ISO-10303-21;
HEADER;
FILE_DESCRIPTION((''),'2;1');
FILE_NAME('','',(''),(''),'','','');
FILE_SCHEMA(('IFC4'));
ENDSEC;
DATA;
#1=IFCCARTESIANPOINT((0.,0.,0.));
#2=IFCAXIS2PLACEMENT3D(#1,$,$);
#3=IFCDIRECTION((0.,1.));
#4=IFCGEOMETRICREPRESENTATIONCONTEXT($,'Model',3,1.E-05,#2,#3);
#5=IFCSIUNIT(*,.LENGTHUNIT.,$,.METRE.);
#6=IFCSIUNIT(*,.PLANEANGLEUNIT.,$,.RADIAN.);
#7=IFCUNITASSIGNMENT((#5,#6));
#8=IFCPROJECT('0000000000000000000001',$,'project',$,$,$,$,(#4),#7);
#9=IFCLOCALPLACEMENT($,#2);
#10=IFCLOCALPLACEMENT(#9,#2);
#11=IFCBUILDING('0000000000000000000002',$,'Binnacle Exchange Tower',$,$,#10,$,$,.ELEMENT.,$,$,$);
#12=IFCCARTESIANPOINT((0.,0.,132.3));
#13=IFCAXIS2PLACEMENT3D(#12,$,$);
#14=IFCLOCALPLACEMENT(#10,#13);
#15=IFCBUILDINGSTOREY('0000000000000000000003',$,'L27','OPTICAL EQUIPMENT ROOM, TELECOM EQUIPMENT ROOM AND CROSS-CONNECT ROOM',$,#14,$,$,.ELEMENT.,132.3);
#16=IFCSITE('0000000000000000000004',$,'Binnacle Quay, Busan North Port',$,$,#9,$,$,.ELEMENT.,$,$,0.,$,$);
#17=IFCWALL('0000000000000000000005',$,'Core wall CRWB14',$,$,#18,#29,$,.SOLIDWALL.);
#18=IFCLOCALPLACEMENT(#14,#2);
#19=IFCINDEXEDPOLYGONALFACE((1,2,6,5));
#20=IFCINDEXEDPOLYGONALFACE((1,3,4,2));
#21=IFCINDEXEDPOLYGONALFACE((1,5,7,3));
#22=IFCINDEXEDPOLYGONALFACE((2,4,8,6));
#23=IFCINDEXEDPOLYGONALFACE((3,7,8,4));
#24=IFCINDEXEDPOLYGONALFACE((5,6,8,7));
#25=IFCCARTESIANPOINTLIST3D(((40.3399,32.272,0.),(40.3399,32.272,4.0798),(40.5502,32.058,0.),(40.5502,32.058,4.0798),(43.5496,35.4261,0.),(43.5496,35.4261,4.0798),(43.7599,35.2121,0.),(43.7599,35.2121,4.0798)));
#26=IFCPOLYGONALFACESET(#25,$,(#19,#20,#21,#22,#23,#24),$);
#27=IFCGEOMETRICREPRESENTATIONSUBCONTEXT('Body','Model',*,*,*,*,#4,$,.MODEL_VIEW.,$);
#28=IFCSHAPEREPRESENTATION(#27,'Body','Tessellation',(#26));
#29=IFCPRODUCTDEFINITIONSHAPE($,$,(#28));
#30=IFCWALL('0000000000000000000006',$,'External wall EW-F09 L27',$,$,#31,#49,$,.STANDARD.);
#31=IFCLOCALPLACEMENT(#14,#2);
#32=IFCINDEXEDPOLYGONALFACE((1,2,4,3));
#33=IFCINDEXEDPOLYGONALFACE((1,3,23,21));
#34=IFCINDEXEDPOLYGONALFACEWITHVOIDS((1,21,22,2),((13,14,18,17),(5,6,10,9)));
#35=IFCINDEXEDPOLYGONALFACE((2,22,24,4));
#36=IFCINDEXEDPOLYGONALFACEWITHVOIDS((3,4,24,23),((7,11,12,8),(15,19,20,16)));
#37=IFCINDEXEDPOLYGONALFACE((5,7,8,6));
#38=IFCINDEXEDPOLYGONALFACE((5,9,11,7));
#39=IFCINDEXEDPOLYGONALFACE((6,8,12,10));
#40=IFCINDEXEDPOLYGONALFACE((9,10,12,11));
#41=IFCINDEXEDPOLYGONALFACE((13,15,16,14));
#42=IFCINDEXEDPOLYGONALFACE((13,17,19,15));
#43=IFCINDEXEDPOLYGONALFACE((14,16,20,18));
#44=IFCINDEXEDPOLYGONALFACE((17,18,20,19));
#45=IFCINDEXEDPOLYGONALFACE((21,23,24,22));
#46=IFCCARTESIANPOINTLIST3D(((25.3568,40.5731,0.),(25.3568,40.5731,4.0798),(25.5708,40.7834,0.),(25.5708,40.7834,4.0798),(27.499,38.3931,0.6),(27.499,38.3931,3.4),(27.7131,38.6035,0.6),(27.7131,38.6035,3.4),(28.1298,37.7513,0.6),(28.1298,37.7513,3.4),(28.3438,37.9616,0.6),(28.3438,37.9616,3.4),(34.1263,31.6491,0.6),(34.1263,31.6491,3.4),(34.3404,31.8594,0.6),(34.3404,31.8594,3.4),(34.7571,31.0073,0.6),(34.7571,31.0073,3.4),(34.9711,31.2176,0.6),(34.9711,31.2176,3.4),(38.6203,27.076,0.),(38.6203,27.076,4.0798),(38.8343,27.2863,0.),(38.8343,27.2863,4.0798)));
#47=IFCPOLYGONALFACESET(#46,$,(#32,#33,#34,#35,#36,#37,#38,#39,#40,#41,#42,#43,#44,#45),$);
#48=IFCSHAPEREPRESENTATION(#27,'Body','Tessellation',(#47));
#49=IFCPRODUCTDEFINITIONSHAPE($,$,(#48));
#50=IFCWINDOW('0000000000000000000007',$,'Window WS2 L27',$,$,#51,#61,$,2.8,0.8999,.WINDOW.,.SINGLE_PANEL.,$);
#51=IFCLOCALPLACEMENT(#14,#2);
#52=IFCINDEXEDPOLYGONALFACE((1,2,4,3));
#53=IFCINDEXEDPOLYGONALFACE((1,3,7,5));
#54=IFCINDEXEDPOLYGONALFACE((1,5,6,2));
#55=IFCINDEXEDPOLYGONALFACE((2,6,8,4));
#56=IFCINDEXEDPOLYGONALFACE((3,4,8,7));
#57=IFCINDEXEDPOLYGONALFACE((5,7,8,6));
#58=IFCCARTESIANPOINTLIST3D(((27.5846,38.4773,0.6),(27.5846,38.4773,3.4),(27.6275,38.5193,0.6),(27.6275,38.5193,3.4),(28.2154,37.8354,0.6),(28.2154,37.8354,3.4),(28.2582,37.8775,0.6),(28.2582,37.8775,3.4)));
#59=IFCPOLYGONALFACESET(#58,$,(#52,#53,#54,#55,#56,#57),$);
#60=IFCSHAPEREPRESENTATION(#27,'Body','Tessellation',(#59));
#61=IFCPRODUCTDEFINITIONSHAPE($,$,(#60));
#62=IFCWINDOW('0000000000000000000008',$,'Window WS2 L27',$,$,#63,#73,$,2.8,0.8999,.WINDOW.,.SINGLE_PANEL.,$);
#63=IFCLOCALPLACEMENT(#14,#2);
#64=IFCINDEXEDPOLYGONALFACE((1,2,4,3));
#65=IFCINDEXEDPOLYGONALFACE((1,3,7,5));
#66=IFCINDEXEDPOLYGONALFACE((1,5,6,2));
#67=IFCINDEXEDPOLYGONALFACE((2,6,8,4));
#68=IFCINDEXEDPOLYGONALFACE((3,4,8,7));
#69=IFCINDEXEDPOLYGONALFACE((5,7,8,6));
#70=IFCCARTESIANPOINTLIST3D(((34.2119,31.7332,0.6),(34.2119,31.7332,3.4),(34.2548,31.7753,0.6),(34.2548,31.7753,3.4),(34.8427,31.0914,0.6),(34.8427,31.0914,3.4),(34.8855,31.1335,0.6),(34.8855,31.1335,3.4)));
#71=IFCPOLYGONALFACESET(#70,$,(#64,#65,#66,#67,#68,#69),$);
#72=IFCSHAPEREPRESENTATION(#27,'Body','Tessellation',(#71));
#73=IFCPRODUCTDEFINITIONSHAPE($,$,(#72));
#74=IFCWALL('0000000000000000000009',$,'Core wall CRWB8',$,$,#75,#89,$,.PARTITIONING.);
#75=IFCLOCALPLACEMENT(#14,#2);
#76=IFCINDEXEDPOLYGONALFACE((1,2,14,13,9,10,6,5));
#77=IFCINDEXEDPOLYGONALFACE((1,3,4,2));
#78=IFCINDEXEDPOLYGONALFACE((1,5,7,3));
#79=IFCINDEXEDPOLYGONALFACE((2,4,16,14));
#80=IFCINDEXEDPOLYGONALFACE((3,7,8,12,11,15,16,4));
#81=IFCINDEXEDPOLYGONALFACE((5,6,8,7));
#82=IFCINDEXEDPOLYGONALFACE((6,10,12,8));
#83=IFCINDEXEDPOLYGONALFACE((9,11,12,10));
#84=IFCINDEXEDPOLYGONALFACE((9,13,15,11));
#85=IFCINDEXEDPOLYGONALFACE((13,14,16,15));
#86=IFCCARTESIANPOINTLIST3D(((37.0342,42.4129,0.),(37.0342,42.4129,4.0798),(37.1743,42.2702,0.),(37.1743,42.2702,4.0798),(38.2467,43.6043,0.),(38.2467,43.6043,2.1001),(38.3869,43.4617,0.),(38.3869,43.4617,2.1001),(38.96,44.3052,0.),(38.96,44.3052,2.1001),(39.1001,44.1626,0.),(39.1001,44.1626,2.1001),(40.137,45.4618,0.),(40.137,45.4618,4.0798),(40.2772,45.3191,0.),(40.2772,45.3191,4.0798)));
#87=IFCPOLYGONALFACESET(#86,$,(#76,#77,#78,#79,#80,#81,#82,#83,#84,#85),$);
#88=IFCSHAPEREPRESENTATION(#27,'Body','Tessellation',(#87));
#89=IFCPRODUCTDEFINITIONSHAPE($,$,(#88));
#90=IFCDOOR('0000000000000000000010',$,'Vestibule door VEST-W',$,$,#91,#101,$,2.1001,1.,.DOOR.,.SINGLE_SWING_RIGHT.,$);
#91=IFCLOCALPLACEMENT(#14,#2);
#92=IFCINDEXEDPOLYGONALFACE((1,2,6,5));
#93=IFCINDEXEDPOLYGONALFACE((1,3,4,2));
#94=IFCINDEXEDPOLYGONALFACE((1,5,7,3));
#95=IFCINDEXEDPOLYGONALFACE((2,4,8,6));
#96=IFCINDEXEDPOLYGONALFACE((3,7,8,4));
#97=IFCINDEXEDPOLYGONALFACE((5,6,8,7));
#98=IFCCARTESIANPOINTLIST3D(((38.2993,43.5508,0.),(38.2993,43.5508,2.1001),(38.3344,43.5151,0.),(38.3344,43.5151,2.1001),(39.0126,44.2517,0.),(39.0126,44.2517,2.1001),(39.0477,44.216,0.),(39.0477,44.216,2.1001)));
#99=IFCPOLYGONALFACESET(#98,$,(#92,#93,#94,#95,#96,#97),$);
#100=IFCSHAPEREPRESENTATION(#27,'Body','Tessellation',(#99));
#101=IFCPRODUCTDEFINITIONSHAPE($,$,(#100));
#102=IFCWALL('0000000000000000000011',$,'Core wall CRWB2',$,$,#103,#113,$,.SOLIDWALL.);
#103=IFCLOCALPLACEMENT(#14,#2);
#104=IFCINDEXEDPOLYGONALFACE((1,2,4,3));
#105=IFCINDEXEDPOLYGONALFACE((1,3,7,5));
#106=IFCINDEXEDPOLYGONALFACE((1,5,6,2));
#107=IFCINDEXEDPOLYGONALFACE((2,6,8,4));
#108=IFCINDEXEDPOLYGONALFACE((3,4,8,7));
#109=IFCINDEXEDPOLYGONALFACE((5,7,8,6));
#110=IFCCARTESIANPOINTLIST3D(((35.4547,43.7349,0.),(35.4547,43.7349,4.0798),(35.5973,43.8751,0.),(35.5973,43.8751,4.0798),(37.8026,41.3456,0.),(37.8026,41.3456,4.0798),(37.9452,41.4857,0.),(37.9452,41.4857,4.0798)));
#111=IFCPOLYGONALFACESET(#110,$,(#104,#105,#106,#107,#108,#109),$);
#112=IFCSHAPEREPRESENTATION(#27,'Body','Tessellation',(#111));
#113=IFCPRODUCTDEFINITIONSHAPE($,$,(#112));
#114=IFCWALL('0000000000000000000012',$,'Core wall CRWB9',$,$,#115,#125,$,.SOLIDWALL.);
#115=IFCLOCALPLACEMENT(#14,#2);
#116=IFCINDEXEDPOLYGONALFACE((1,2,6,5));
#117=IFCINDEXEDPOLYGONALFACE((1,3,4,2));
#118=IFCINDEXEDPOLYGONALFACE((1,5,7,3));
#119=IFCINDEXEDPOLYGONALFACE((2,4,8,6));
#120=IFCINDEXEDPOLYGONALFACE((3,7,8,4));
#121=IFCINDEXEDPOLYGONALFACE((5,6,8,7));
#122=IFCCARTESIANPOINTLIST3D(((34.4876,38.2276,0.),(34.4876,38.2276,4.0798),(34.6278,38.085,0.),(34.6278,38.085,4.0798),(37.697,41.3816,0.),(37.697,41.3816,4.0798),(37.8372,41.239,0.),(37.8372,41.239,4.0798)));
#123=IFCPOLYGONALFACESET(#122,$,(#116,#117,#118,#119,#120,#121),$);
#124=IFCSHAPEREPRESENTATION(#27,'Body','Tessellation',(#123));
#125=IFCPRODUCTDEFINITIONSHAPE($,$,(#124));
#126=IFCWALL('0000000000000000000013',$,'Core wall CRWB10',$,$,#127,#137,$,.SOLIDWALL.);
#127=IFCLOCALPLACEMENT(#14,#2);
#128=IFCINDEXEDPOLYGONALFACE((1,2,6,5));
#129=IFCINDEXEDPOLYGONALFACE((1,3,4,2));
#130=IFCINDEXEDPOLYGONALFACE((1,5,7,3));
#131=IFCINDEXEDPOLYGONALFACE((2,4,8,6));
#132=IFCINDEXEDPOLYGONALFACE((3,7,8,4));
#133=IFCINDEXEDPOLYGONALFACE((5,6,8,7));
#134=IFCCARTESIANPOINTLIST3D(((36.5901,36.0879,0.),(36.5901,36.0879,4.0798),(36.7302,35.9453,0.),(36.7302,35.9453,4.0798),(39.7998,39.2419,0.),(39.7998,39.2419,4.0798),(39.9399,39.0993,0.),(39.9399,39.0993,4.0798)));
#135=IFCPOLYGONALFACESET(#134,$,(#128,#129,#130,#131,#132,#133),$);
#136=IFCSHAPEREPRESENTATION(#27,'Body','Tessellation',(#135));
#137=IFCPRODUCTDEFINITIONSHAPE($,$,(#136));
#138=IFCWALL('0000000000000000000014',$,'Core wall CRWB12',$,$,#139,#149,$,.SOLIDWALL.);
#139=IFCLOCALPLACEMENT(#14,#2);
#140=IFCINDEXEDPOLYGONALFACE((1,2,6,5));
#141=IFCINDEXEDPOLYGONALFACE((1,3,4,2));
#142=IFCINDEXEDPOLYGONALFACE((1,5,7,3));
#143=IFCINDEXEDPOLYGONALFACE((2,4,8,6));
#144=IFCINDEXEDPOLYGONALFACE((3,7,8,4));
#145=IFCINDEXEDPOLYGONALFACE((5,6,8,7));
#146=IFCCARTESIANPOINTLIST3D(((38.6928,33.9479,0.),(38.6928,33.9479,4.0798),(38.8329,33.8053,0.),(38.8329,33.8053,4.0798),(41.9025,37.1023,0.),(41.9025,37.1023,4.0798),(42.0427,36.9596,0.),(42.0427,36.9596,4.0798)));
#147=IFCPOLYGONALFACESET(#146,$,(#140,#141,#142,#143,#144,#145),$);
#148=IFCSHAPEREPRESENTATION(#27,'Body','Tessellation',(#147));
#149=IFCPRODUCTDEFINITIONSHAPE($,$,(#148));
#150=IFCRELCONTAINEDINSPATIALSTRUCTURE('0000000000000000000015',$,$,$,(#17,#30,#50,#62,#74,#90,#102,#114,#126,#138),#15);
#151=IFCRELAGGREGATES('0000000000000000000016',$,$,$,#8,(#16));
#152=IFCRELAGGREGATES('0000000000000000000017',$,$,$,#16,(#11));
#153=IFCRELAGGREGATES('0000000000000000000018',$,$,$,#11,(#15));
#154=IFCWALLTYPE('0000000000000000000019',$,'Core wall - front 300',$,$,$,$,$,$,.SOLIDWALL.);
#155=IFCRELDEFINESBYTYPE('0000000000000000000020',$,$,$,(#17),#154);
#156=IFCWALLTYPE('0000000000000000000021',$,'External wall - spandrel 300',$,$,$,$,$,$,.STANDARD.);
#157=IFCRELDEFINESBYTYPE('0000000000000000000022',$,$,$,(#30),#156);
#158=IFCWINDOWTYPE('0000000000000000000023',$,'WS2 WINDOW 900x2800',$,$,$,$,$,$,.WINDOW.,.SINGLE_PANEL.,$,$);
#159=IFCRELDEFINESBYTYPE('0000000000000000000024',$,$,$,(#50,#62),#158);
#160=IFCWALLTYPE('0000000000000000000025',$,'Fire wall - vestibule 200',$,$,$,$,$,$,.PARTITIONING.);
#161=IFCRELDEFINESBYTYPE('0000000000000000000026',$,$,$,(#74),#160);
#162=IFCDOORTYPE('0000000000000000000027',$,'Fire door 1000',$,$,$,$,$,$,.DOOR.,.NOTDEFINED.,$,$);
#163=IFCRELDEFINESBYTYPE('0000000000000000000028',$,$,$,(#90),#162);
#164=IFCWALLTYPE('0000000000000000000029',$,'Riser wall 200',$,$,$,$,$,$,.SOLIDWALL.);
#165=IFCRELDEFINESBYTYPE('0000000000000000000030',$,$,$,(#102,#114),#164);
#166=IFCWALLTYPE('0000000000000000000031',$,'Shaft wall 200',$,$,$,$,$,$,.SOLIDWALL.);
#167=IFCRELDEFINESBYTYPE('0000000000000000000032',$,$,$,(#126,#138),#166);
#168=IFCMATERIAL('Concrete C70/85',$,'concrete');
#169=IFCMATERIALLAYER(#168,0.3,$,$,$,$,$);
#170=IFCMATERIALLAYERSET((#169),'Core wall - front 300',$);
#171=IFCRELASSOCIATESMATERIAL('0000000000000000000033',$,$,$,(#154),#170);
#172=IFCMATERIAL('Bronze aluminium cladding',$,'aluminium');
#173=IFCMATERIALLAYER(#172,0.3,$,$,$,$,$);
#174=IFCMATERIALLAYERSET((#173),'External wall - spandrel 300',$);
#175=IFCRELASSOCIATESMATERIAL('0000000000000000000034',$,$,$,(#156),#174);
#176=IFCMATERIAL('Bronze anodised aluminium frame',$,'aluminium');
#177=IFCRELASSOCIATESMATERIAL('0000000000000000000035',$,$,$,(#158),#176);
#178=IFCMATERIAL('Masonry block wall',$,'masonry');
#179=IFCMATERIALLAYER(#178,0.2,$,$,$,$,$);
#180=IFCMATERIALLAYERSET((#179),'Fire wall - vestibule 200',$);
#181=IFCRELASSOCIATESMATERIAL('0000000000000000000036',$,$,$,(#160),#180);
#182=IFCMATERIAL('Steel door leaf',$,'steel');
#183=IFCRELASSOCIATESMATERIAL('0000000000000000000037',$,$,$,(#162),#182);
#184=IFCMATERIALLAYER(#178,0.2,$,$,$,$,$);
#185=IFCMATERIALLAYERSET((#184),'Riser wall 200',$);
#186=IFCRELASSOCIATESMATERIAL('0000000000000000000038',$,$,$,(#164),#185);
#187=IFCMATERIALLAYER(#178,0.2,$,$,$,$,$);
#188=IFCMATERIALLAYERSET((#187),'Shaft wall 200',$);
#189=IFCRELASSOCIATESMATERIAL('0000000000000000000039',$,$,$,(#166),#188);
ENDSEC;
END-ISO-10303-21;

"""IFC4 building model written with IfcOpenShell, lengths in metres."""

from ifc_helpers import new_model, si_unit, direction, frame, frame_2d, origin, place, context, subcontext, project, spatial, rectangle, extrude, material, layer, layer_set, type_object, element, fill, save


model = new_model("IFC4")

# Units and contexts
model_context = context("Model", 3, precision=1e-05, world=origin(), true_north=direction((0.0, 1.0)))
body_context = subcontext(model_context, "Body", "Model", "MODEL_VIEW")
ifc_project = project(units=[si_unit("LENGTHUNIT", "METRE"), si_unit("PLANEANGLEUNIT", "RADIAN")], contexts=[model_context])

# Site, building, storey
site_placement = place(None, origin())
site = spatial("IfcSite", under=ifc_project, at=site_placement, Name="Binnacle Quay, Busan North Port", CompositionType="ELEMENT", RefElevation=0.0)
building_placement = place(site_placement, origin())
building = spatial("IfcBuilding", under=site, at=building_placement, Name="Binnacle Exchange Tower", CompositionType="ELEMENT")
storey_placement = place(building_placement, frame((0.0, 0.0, 132.3)))
storey = spatial("IfcBuildingStorey", under=building, at=storey_placement, Name="L27", Description="OPTICAL EQUIPMENT ROOM, TELECOM EQUIPMENT ROOM AND CROSS-CONNECT ROOM", CompositionType="ELEMENT", Elevation=132.3)

# Shared definitions
ifc_material_1 = material(Name="Concrete C70/85", Category="concrete")

# Shared definitions
ifc_layer_1 = layer(ifc_material_1, 0.3)
ifc_layer_set_1 = layer_set([ifc_layer_1], Name="Core wall - front 300")
wall_type_1 = type_object("IfcWallType", Name="Core wall - front 300", PredefinedType="SOLIDWALL", material=ifc_layer_set_1)
ifc_material_2 = material(Name="Steel door leaf", Category="steel")

# Wall
wall_1_placement = place(storey_placement, frame((40.4451, 32.165, 0.0), z_axis=(0.0, 0.0, 1.0), x_axis=(0.713265, 0.700895, 0.0)))
element("IfcWall", 1, at=wall_1_placement, inside=storey, type_object=wall_type_1, Name="Core wall CRWB14", PredefinedType="SOLIDWALL", context=body_context, shape_type="SweptSolid", body=[
    extrude(rectangle(XDim=4.5, YDim=0.3, at=frame_2d((2.25, 0.0))), origin(), (0.0, 0.0, 1.0), 4.0798),
])

# Wall, openings, windows
ifc_material_3 = material(Name="Bronze aluminium cladding", Category="aluminium")
ifc_layer_2 = layer(ifc_material_3, 0.3)
ifc_layer_set_2 = layer_set([ifc_layer_2], Name="External wall - spandrel 300")
wall_type_2 = type_object("IfcWallType", Name="External wall - spandrel 300", PredefinedType="STANDARD", material=ifc_layer_set_2)
wall_2_placement = place(storey_placement, frame((38.7273, 27.1812, 0.0), z_axis=(0.0, 0.0, 1.0), x_axis=(-0.700906, 0.713253, 0.0)))
wall_2 = element("IfcWall", 2, at=wall_2_placement, inside=storey, type_object=wall_type_2, Name="External wall EW-F09 L27", PredefinedType="STANDARD", context=body_context, shape_type="SweptSolid", body=[
    extrude(rectangle(XDim=18.9233, YDim=0.3, at=frame_2d((9.4617, 0.0))), origin(), (0.0, 0.0, 1.0), 4.0798),
])
opening_1_placement = place(wall_2_placement, frame((14.967, 0.0, 0.6001)))
opening_1 = element("IfcOpeningElement", 3, at=opening_1_placement, cuts=wall_2, PredefinedType="OPENING", context=body_context, shape_type="SweptSolid", body=[
    extrude(rectangle(XDim=0.8999, YDim=2.8, at=frame_2d((0.45, 1.3999))), frame((0.0, 0.1599, 0.0), z_axis=(0.0, -1.0, 0.0), x_axis=(1.0, 0.0, 0.0)), (0.0, 0.0, 1.0), 0.3201),
])
opening_2_placement = place(wall_2_placement, frame((5.5117, 0.0, 0.6001)))
opening_2 = element("IfcOpeningElement", 4, at=opening_2_placement, cuts=wall_2, PredefinedType="OPENING", context=body_context, shape_type="SweptSolid", body=[
    extrude(rectangle(XDim=0.8999, YDim=2.8, at=frame_2d((0.45, 1.3999))), frame((0.0, 0.1599, 0.0), z_axis=(0.0, -1.0, 0.0), x_axis=(1.0, 0.0, 0.0)), (0.0, 0.0, 1.0), 0.3201),
])
ifc_material_4 = material(Name="Bronze anodised aluminium frame", Category="aluminium")
window_type = type_object("IfcWindowType", Name="WS2 WINDOW 900x2800", PartitioningType="SINGLE_PANEL", PredefinedType="WINDOW", material=ifc_material_4)
window_1_placement = place(opening_1_placement, origin())
window_1 = element("IfcWindow", 5, at=window_1_placement, inside=storey, type_object=window_type, Name="Window WS2 L27", OverallHeight=2.8, OverallWidth=0.8999, PartitioningType="SINGLE_PANEL", PredefinedType="WINDOW", context=body_context, shape_type="SweptSolid", body=[
    extrude(rectangle(XDim=0.8999, YDim=2.8, at=frame_2d((0.45, 1.3999))), frame((0.0, 0.03, 0.0), z_axis=(0.0, -1.0, 0.0), x_axis=(1.0, 0.0, 0.0)), (0.0, 0.0, 1.0), 0.0601),
])
fill(opening_1, window_1)
window_2_placement = place(opening_2_placement, origin())
window_2 = element("IfcWindow", 6, at=window_2_placement, inside=storey, type_object=window_type, Name="Window WS2 L27", OverallHeight=2.8, OverallWidth=0.8999, PartitioningType="SINGLE_PANEL", PredefinedType="WINDOW", context=body_context, shape_type="SweptSolid", body=[
    extrude(rectangle(XDim=0.8999, YDim=2.8, at=frame_2d((0.45, 1.3999))), frame((0.0, 0.03, 0.0), z_axis=(0.0, -1.0, 0.0), x_axis=(1.0, 0.0, 0.0)), (0.0, 0.0, 1.0), 0.0601),
])
fill(opening_2, window_2)

# Wall, opening, door
ifc_material_5 = material(Name="Masonry block wall", Category="masonry")
ifc_layer_3 = layer(ifc_material_5, 0.2)
ifc_layer_set_3 = layer_set([ifc_layer_3], Name="Fire wall - vestibule 200")
wall_type_3 = type_object("IfcWallType", Name="Fire wall - vestibule 200", PredefinedType="PARTITIONING", material=ifc_layer_set_3)
wall_3_placement = place(storey_placement, frame((37.1042, 42.3416, 0.0), z_axis=(0.0, 0.0, 1.0), x_axis=(0.713281, 0.700878, 0.0)))
wall_3 = element("IfcWall", 7, at=wall_3_placement, inside=storey, type_object=wall_type_3, Name="Core wall CRWB8", PredefinedType="PARTITIONING", context=body_context, shape_type="SweptSolid", body=[
    extrude(rectangle(XDim=4.3501, YDim=0.2, at=frame_2d((2.175, 0.0))), origin(), (0.0, 0.0, 1.0), 4.0798),
])
opening_3_placement = place(wall_3_placement, frame((1.7, 0.0, 0.0)))
opening_3 = element("IfcOpeningElement", 8, at=opening_3_placement, cuts=wall_3, PredefinedType="OPENING", context=body_context, shape_type="SweptSolid", body=[
    extrude(rectangle(XDim=1.0, YDim=2.1001, at=frame_2d((0.5, 1.05))), frame((0.0, 0.1099, 0.0), z_axis=(0.0, -1.0, 0.0), x_axis=(1.0, 0.0, 0.0)), (0.0, 0.0, 1.0), 0.22),
])
door_type_1 = type_object("IfcDoorType", Name="Fire door 1000", OperationType="NOTDEFINED", PredefinedType="DOOR", material=ifc_material_2)
door_1_placement = place(opening_3_placement, origin())
door_1 = element("IfcDoor", 9, at=door_1_placement, inside=storey, type_object=door_type_1, Name="Vestibule door VEST-W", OperationType="SINGLE_SWING_RIGHT", OverallHeight=2.1001, OverallWidth=1.0, PredefinedType="DOOR", context=body_context, shape_type="SweptSolid", body=[
    extrude(rectangle(XDim=1.0, YDim=2.1001, at=frame_2d((0.5, 1.05))), frame((0.0, 0.0249, 0.0), z_axis=(0.0, -1.0, 0.0), x_axis=(1.0, 0.0, 0.0)), (0.0, 0.0, 1.0), 0.05),
])
fill(opening_3, door_1)

# Walls
ifc_layer_4 = layer(ifc_material_5, 0.2)
ifc_layer_set_4 = layer_set([ifc_layer_4], Name="Riser wall 200")
wall_type_4 = type_object("IfcWallType", Name="Riser wall 200", PredefinedType="SOLIDWALL", material=ifc_layer_set_4)
wall_4_placement = place(storey_placement, frame((35.5261, 43.8049, 0.0), z_axis=(0.0, 0.0, 1.0), x_axis=(0.700885, -0.713274, 0.0)))
element("IfcWall", 10, at=wall_4_placement, inside=storey, type_object=wall_type_4, Name="Core wall CRWB2", PredefinedType="SOLIDWALL", context=body_context, shape_type="SweptSolid", body=[
    extrude(rectangle(XDim=3.3499, YDim=0.2, at=frame_2d((1.6748, 0.0))), origin(), (0.0, 0.0, 1.0), 4.0798),
])
wall_5_placement = place(storey_placement, frame((34.5576, 38.1562, 0.0), z_axis=(0.0, 0.0, 1.0), x_axis=(0.713238, 0.700922, 0.0)))
element("IfcWall", 11, at=wall_5_placement, inside=storey, type_object=wall_type_4, Name="Core wall CRWB9", PredefinedType="SOLIDWALL", context=body_context, shape_type="SweptSolid", body=[
    extrude(rectangle(XDim=4.4998, YDim=0.2, at=frame_2d((2.25, 0.0))), origin(), (0.0, 0.0, 1.0), 4.0798),
])
ifc_layer_5 = layer(ifc_material_5, 0.2)
ifc_layer_set_5 = layer_set([ifc_layer_5], Name="Shaft wall 200")
wall_type_5 = type_object("IfcWallType", Name="Shaft wall 200", PredefinedType="SOLIDWALL", material=ifc_layer_set_5)
wall_6_placement = place(storey_placement, frame((36.6602, 36.0166, 0.0), z_axis=(0.0, 0.0, 1.0), x_axis=(0.713265, 0.700895, 0.0)))
element("IfcWall", 12, at=wall_6_placement, inside=storey, type_object=wall_type_5, Name="Core wall CRWB10", PredefinedType="SOLIDWALL", context=body_context, shape_type="SweptSolid", body=[
    extrude(rectangle(XDim=4.5, YDim=0.2, at=frame_2d((2.25, 0.0))), origin(), (0.0, 0.0, 1.0), 4.0798),
])
wall_7_placement = place(storey_placement, frame((38.7629, 33.8767, 0.0), z_axis=(0.0, 0.0, 1.0), x_axis=(0.713237, 0.700922, 0.0)))
element("IfcWall", 13, at=wall_7_placement, inside=storey, type_object=wall_type_5, Name="Core wall CRWB12", PredefinedType="SOLIDWALL", context=body_context, shape_type="SweptSolid", body=[
    extrude(rectangle(XDim=4.5002, YDim=0.2, at=frame_2d((2.25, 0.0))), origin(), (0.0, 0.0, 1.0), 4.0798),
])

save(model, "model.ifc")
